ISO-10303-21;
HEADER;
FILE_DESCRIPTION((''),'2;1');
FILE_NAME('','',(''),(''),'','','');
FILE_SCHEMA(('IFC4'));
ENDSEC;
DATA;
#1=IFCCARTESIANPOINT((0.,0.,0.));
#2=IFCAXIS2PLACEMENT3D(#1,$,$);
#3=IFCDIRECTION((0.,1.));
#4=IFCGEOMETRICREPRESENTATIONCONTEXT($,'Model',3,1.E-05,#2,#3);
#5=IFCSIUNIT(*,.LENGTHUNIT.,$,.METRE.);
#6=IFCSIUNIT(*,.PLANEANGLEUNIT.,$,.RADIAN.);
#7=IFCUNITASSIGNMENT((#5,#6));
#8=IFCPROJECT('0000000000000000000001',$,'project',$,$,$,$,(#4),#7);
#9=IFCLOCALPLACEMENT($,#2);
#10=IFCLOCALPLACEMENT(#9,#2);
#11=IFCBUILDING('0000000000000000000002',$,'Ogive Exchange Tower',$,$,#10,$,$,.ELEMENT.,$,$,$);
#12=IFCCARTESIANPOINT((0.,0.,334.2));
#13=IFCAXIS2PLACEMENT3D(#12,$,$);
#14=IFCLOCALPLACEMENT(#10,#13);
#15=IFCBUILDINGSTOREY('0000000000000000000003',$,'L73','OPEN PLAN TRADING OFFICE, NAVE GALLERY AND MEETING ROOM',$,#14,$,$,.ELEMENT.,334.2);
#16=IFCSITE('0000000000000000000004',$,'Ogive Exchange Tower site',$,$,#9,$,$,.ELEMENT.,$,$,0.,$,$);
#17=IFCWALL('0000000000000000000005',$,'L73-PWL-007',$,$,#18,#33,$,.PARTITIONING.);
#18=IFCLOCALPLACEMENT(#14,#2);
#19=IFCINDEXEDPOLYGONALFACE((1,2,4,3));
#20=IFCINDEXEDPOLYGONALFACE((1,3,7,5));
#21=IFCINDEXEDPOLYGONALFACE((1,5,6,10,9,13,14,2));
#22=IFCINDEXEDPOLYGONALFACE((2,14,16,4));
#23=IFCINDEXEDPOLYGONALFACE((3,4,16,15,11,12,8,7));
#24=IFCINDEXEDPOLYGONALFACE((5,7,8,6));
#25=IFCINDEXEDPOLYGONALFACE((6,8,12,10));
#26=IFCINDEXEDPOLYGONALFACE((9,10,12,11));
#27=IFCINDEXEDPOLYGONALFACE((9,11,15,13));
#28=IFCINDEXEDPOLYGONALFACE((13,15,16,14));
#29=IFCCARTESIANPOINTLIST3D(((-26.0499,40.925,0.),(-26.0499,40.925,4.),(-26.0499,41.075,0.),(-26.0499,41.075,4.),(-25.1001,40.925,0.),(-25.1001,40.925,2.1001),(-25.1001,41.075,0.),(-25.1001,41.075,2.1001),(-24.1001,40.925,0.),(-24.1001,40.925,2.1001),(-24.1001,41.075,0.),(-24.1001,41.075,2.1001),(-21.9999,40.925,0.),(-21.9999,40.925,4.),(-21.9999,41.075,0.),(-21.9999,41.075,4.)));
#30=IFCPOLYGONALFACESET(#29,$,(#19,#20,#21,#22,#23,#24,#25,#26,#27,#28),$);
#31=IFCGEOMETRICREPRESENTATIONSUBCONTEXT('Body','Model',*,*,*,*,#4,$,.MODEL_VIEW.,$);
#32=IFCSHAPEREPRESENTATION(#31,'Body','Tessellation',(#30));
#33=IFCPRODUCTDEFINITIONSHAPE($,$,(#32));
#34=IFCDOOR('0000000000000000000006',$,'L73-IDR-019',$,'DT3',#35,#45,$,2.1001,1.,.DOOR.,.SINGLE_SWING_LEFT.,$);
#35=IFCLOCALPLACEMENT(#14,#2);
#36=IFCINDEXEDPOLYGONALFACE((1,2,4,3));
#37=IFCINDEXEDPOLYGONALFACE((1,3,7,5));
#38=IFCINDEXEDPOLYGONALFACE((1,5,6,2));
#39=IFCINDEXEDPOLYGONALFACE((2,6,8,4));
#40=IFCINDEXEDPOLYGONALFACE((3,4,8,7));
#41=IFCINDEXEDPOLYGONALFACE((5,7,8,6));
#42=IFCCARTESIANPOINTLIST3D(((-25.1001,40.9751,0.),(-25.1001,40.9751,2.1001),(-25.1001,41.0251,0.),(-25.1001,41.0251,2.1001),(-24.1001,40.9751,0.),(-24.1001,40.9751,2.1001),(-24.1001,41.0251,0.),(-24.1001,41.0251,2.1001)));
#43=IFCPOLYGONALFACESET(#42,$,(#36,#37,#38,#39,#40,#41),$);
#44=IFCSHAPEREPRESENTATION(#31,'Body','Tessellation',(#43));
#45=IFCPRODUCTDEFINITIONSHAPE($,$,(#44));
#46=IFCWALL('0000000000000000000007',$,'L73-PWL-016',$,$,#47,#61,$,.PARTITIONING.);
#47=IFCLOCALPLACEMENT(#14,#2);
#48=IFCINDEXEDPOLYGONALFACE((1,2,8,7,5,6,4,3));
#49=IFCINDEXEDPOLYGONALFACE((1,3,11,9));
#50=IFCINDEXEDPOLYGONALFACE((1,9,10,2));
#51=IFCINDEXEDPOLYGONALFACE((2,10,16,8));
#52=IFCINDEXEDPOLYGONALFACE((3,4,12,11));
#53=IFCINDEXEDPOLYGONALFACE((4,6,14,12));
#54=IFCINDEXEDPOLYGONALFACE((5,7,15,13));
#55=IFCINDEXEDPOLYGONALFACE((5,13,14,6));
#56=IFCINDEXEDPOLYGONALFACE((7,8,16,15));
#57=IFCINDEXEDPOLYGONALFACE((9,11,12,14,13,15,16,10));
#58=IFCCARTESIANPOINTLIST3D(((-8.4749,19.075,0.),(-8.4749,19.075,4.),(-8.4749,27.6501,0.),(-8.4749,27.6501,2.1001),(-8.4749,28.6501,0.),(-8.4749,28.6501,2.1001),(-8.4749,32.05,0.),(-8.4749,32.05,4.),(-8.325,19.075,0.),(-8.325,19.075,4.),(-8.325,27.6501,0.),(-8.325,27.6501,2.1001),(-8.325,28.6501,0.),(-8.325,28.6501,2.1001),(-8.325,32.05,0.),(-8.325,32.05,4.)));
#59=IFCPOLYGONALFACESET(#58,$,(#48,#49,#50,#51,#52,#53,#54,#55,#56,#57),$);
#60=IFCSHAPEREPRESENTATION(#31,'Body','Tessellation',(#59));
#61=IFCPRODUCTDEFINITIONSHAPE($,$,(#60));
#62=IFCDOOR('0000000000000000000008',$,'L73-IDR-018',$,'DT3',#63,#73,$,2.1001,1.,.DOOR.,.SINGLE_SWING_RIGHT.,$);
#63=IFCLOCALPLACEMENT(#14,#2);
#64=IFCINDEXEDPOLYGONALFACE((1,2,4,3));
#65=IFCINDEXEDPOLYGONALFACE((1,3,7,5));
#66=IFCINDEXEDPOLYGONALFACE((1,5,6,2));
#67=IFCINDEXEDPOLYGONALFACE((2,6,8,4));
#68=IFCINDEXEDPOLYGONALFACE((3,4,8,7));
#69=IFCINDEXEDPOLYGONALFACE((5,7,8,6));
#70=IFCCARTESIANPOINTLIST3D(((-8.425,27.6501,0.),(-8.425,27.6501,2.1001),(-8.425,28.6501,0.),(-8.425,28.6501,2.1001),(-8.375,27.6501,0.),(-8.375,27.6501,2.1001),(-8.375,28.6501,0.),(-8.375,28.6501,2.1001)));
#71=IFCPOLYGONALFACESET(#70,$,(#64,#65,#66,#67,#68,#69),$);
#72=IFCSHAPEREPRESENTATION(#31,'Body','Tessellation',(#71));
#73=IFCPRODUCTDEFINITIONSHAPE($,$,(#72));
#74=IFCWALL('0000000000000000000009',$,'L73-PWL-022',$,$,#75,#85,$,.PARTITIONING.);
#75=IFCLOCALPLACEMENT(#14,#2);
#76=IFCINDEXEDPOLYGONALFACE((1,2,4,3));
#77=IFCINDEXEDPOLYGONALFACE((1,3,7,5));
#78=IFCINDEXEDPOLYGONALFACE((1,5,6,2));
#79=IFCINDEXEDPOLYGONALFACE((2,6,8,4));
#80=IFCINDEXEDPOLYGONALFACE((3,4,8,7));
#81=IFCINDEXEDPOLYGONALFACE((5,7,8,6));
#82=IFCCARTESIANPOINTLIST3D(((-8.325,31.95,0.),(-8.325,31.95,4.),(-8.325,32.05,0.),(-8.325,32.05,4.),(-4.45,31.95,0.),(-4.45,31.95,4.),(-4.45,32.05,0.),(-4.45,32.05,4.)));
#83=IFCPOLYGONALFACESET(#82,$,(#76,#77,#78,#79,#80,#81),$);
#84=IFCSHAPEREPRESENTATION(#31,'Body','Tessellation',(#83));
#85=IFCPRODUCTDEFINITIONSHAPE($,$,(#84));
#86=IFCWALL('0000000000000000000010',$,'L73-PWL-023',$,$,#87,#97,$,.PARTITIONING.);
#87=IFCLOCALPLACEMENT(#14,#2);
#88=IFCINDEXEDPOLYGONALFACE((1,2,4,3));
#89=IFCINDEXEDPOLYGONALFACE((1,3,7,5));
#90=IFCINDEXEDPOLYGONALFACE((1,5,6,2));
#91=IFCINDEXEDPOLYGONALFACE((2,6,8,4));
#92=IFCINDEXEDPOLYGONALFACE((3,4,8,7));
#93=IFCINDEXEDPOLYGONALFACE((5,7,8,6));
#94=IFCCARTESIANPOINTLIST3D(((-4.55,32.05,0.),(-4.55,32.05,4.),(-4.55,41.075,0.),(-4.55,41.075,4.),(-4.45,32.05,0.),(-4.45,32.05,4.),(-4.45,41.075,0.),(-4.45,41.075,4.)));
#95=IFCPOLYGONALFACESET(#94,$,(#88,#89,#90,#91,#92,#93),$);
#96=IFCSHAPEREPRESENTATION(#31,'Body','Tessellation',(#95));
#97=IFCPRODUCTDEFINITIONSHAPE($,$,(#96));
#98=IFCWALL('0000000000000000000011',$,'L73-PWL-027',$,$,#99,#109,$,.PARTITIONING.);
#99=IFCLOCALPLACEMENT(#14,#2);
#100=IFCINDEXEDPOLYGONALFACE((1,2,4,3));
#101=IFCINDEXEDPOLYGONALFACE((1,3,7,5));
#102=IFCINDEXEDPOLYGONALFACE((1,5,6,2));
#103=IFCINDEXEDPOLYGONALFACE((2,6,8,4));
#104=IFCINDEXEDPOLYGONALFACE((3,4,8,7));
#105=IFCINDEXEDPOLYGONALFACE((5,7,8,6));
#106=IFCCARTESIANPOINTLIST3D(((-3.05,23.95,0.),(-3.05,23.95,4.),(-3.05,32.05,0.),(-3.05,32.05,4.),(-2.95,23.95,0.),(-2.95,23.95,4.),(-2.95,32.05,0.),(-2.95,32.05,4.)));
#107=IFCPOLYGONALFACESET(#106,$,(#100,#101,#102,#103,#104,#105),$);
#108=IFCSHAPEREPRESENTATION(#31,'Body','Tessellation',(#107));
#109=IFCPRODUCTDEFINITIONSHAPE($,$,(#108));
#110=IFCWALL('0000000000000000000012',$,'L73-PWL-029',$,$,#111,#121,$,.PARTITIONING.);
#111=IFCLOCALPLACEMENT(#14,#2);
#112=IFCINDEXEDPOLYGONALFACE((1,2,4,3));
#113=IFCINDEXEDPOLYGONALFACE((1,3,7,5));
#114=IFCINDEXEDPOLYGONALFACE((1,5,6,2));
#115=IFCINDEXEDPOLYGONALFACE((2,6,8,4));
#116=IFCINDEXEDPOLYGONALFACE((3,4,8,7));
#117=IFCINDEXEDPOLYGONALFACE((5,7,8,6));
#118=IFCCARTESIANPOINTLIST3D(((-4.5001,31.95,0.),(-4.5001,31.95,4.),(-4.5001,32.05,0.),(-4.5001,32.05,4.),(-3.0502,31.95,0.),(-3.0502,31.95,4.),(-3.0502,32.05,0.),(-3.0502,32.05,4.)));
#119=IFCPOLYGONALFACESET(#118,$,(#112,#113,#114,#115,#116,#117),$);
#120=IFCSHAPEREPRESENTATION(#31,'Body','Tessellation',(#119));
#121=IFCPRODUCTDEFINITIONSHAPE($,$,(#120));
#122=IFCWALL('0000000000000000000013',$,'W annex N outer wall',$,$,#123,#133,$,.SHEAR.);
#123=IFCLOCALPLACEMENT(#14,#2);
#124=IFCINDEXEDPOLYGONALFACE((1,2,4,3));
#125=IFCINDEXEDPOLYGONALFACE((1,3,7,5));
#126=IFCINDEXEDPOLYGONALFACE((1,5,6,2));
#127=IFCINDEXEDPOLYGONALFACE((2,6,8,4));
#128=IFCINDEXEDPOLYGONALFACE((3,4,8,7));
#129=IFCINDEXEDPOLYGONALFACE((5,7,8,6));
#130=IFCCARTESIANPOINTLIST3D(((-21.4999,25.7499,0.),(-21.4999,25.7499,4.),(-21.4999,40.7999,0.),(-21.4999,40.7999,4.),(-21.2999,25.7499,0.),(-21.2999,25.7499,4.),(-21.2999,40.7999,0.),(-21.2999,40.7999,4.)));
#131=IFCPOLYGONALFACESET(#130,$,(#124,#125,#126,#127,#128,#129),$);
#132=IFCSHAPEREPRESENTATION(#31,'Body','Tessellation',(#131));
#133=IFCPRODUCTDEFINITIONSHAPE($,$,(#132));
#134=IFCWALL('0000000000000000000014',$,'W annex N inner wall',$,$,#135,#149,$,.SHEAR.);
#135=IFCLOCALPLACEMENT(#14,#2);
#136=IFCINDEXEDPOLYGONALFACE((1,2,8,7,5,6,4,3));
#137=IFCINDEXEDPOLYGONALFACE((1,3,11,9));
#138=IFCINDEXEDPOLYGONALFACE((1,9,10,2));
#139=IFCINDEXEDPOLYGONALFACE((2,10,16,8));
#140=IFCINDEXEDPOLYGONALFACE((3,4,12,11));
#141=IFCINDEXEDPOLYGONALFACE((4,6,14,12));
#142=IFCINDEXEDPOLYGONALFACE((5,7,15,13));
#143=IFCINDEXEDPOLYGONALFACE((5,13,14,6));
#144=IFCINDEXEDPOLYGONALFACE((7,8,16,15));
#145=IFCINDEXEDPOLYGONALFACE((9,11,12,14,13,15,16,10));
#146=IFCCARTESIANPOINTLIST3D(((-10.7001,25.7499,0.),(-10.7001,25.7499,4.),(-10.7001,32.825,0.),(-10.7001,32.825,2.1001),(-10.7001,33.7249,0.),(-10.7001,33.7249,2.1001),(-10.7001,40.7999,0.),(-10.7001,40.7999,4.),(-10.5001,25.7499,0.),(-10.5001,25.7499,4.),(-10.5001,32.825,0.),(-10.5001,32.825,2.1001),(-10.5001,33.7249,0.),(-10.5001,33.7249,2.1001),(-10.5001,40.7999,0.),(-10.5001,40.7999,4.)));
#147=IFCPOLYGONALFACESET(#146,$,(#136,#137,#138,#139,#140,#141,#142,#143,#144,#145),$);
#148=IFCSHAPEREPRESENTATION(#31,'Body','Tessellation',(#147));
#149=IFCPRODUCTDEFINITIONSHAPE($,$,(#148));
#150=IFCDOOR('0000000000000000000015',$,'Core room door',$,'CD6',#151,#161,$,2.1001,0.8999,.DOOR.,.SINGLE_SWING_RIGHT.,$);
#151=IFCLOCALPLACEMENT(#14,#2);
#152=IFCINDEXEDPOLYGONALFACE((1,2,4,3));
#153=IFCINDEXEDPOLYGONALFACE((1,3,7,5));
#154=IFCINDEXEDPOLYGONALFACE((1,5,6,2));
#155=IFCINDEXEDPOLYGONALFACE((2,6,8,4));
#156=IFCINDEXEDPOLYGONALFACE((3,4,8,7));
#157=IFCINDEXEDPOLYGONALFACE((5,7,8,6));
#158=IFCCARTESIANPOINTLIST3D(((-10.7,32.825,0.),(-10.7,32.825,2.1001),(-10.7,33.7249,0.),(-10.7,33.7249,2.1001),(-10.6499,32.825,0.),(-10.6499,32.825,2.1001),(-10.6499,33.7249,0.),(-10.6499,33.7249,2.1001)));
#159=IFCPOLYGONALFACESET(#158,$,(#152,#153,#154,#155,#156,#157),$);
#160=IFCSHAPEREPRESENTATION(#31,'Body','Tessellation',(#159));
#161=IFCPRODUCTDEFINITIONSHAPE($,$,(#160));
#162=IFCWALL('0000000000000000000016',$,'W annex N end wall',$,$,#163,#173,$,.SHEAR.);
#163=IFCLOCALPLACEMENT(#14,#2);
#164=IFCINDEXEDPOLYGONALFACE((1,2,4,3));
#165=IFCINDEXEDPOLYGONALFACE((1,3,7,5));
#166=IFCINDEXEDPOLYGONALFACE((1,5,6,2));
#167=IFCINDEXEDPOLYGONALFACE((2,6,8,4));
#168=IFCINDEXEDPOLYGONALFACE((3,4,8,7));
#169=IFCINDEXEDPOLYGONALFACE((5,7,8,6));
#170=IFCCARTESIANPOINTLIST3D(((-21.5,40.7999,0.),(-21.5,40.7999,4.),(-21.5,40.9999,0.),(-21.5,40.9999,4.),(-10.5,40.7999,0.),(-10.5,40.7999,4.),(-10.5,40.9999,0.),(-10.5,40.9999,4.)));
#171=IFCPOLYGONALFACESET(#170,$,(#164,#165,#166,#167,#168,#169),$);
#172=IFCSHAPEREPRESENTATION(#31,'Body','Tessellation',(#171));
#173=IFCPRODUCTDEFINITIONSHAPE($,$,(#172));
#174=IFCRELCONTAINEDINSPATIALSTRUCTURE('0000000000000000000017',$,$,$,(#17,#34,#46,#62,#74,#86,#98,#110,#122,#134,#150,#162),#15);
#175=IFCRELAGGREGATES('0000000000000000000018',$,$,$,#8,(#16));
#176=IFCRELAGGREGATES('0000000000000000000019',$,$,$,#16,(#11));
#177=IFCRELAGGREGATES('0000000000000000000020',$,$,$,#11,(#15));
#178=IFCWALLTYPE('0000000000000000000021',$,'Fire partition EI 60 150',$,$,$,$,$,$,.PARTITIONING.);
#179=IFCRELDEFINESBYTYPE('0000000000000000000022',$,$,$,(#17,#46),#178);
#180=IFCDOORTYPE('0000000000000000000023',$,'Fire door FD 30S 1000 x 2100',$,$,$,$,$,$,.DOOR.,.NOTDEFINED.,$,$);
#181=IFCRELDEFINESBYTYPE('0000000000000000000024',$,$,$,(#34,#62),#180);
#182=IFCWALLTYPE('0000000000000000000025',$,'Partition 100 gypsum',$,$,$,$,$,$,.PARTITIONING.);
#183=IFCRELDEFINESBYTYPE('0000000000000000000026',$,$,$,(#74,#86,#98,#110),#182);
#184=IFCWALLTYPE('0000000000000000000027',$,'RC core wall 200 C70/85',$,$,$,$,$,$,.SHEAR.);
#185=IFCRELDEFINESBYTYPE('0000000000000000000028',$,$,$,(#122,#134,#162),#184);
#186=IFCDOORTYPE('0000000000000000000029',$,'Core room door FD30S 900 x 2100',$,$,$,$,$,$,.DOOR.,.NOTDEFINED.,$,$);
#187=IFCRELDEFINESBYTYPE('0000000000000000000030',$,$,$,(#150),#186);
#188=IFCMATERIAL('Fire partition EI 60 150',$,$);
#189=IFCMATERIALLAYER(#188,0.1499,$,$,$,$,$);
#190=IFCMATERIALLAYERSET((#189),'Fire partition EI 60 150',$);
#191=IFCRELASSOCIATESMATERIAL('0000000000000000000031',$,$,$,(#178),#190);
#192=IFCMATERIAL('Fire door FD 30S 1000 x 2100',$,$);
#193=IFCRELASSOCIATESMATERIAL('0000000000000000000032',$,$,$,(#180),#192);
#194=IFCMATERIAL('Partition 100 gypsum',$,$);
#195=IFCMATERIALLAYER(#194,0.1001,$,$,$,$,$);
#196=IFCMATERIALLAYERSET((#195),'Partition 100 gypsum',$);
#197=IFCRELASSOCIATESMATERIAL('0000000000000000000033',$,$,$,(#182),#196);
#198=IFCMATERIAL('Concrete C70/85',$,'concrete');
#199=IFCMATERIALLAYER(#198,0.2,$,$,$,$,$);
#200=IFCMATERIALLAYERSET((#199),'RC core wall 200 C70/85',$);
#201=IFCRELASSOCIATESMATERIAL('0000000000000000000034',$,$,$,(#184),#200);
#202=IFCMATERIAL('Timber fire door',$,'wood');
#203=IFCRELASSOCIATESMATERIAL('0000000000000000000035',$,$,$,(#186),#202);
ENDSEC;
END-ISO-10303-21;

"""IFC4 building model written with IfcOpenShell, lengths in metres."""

from ifc_helpers import new_model, si_unit, direction, frame, frame_2d, origin, place, context, subcontext, project, spatial, rectangle, extrude, material, layer, layer_set, type_object, element, fill, save


model = new_model("IFC4")

# Units and contexts
model_context = context("Model", 3, precision=1e-05, world=origin(), true_north=direction((0.0, 1.0)))
body_context = subcontext(model_context, "Body", "Model", "MODEL_VIEW")
ifc_project = project(units=[si_unit("LENGTHUNIT", "METRE"), si_unit("PLANEANGLEUNIT", "RADIAN")], contexts=[model_context])

# Site, building, storey
site_placement = place(None, origin())
site = spatial("IfcSite", under=ifc_project, at=site_placement, Name="Ogive Exchange Tower site", CompositionType="ELEMENT", RefElevation=0.0)
building_placement = place(site_placement, origin())
building = spatial("IfcBuilding", under=site, at=building_placement, Name="Ogive Exchange Tower", CompositionType="ELEMENT")
storey_placement = place(building_placement, frame((0.0, 0.0, 334.2)))
storey = spatial("IfcBuildingStorey", under=building, at=storey_placement, Name="L73", Description="OPEN PLAN TRADING OFFICE, NAVE GALLERY AND MEETING ROOM", CompositionType="ELEMENT", Elevation=334.2)

# Walls, openings, doors
ifc_material_1 = material(Name="Fire partition EI 60 150")
ifc_layer_1 = layer(ifc_material_1, 0.1499)
ifc_layer_set_1 = layer_set([ifc_layer_1], Name="Fire partition EI 60 150")
wall_type_1 = type_object("IfcWallType", Name="Fire partition EI 60 150", PredefinedType="PARTITIONING", material=ifc_layer_set_1)
wall_1_placement = place(storey_placement, frame((-22.0, 41.0, 0.0), z_axis=(0.0, 0.0, 1.0), x_axis=(-1.0, 0.0, 0.0)))
wall_1 = element("IfcWall", 1, at=wall_1_placement, inside=storey, type_object=wall_type_1, Name="L73-PWL-007", PredefinedType="PARTITIONING", context=body_context, shape_type="SweptSolid", body=[
    extrude(rectangle(XDim=4.05, YDim=0.1499, at=frame_2d((2.0249, 0.0))), origin(), (0.0, 0.0, 1.0), 4.0),
])
opening_1_placement = place(wall_1_placement, frame((2.1001, 0.0, 0.0)))
opening_1 = element("IfcOpeningElement", 2, at=opening_1_placement, cuts=wall_1, PredefinedType="OPENING", context=body_context, shape_type="SweptSolid", body=[
    extrude(rectangle(XDim=1.0, YDim=2.1001, at=frame_2d((0.5, 1.05))), frame((0.0, 0.085, 0.0), z_axis=(0.0, -1.0, 0.0), x_axis=(1.0, 0.0, 0.0)), (0.0, 0.0, 1.0), 0.1699),
])
ifc_material_2 = material(Name="Fire door FD 30S 1000 x 2100")
door_type_1 = type_object("IfcDoorType", Name="Fire door FD 30S 1000 x 2100", OperationType="NOTDEFINED", PredefinedType="DOOR", material=ifc_material_2)
door_1_placement = place(opening_1_placement, origin())
door_1 = element("IfcDoor", 3, at=door_1_placement, inside=storey, type_object=door_type_1, Name="L73-IDR-019", ObjectType="DT3", OperationType="SINGLE_SWING_LEFT", OverallHeight=2.1001, OverallWidth=1.0, PredefinedType="DOOR", context=body_context, shape_type="SweptSolid", body=[
    extrude(rectangle(XDim=1.0, YDim=2.1001, at=frame_2d((0.5, 1.05))), frame((0.0, 0.0249, 0.0), z_axis=(0.0, -1.0, 0.0), x_axis=(1.0, 0.0, 0.0)), (0.0, 0.0, 1.0), 0.05),
])
fill(opening_1, door_1)
wall_2_placement = place(storey_placement, frame((-8.3999, 32.05, 0.0), z_axis=(0.0, 0.0, 1.0), x_axis=(0.0, -1.0, 0.0)))
wall_2 = element("IfcWall", 4, at=wall_2_placement, inside=storey, type_object=wall_type_1, Name="L73-PWL-016", PredefinedType="PARTITIONING", context=body_context, shape_type="SweptSolid", body=[
    extrude(rectangle(XDim=12.9751, YDim=0.1499, at=frame_2d((6.4875, 0.0))), origin(), (0.0, 0.0, 1.0), 4.0),
])
opening_2_placement = place(wall_2_placement, frame((3.3999, 0.0, 0.0)))
opening_2 = element("IfcOpeningElement", 5, at=opening_2_placement, cuts=wall_2, PredefinedType="OPENING", context=body_context, shape_type="SweptSolid", body=[
    extrude(rectangle(XDim=1.0, YDim=2.1001, at=frame_2d((0.5, 1.05))), frame((0.0, 0.085, 0.0), z_axis=(0.0, -1.0, 0.0), x_axis=(1.0, 0.0, 0.0)), (0.0, 0.0, 1.0), 0.1699),
])
door_2_placement = place(opening_2_placement, origin())
door_2 = element("IfcDoor", 6, at=door_2_placement, inside=storey, type_object=door_type_1, Name="L73-IDR-018", ObjectType="DT3", OperationType="SINGLE_SWING_RIGHT", OverallHeight=2.1001, OverallWidth=1.0, PredefinedType="DOOR", context=body_context, shape_type="SweptSolid", body=[
    extrude(rectangle(XDim=1.0, YDim=2.1001, at=frame_2d((0.5, 1.05))), frame((0.0, 0.0249, 0.0), z_axis=(0.0, -1.0, 0.0), x_axis=(1.0, 0.0, 0.0)), (0.0, 0.0, 1.0), 0.05),
])
fill(opening_2, door_2)

# Walls
ifc_material_3 = material(Name="Partition 100 gypsum")
ifc_layer_2 = layer(ifc_material_3, 0.1001)
ifc_layer_set_2 = layer_set([ifc_layer_2], Name="Partition 100 gypsum")
wall_type_2 = type_object("IfcWallType", Name="Partition 100 gypsum", PredefinedType="PARTITIONING", material=ifc_layer_set_2)
wall_3_placement = place(storey_placement, frame((-4.45, 32.0, 0.0), z_axis=(0.0, 0.0, 1.0), x_axis=(-1.0, 0.0, 0.0)))
element("IfcWall", 7, at=wall_3_placement, inside=storey, type_object=wall_type_2, Name="L73-PWL-022", PredefinedType="PARTITIONING", context=body_context, shape_type="SweptSolid", body=[
    extrude(rectangle(XDim=3.875, YDim=0.1001, at=frame_2d((1.9375, 0.0))), origin(), (0.0, 0.0, 1.0), 4.0),
])
wall_4_placement = place(storey_placement, frame((-4.5, 32.05, 0.0), z_axis=(0.0, 0.0, 1.0), x_axis=(0.0, 1.0, 0.0)))
element("IfcWall", 8, at=wall_4_placement, inside=storey, type_object=wall_type_2, Name="L73-PWL-023", PredefinedType="PARTITIONING", context=body_context, shape_type="SweptSolid", body=[
    extrude(rectangle(XDim=9.0249, YDim=0.1001, at=frame_2d((4.5125, 0.0))), origin(), (0.0, 0.0, 1.0), 4.0),
])
wall_5_placement = place(storey_placement, frame((-3.0, 23.95, 0.0), z_axis=(0.0, 0.0, 1.0), x_axis=(0.0, 1.0, 0.0)))
element("IfcWall", 9, at=wall_5_placement, inside=storey, type_object=wall_type_2, Name="L73-PWL-027", PredefinedType="PARTITIONING", context=body_context, shape_type="SweptSolid", body=[
    extrude(rectangle(XDim=8.1001, YDim=0.1001, at=frame_2d((4.05, 0.0))), origin(), (0.0, 0.0, 1.0), 4.0),
])
wall_6_placement = place(storey_placement, frame((-3.05, 32.0, 0.0), z_axis=(0.0, 0.0, 1.0), x_axis=(-1.0, 0.0, 0.0)))
element("IfcWall", 10, at=wall_6_placement, inside=storey, type_object=wall_type_2, Name="L73-PWL-029", PredefinedType="PARTITIONING", context=body_context, shape_type="SweptSolid", body=[
    extrude(rectangle(XDim=1.45, YDim=0.1001, at=frame_2d((0.7251, 0.0))), origin(), (0.0, 0.0, 1.0), 4.0),
])
ifc_material_4 = material(Name="Concrete C70/85", Category="concrete")
ifc_layer_3 = layer(ifc_material_4, 0.2)
ifc_layer_set_3 = layer_set([ifc_layer_3], Name="RC core wall 200 C70/85")
wall_type_3 = type_object("IfcWallType", Name="RC core wall 200 C70/85", PredefinedType="SHEAR", material=ifc_layer_set_3)
wall_7_placement = place(storey_placement, frame((-21.3999, 25.75, 0.0), z_axis=(0.0, 0.0, 1.0), x_axis=(0.0, 1.0, 0.0)))
element("IfcWall", 11, at=wall_7_placement, inside=storey, type_object=wall_type_3, Name="W annex N outer wall", PredefinedType="SHEAR", context=body_context, shape_type="SweptSolid", body=[
    extrude(rectangle(XDim=15.05, YDim=0.2, at=frame_2d((7.5249, 0.0))), origin(), (0.0, 0.0, 1.0), 4.0),
])

# Wall, opening, door
wall_8_placement = place(storey_placement, frame((-10.6001, 25.75, 0.0), z_axis=(0.0, 0.0, 1.0), x_axis=(0.0, 1.0, 0.0)))
wall_8 = element("IfcWall", 12, at=wall_8_placement, inside=storey, type_object=wall_type_3, Name="W annex N inner wall", PredefinedType="SHEAR", context=body_context, shape_type="SweptSolid", body=[
    extrude(rectangle(XDim=15.05, YDim=0.2, at=frame_2d((7.5249, 0.0))), origin(), (0.0, 0.0, 1.0), 4.0),
])
opening_3_placement = place(wall_8_placement, frame((7.075, 0.0, 0.0)))
opening_3 = element("IfcOpeningElement", 13, at=opening_3_placement, cuts=wall_8, PredefinedType="OPENING", context=body_context, shape_type="SweptSolid", body=[
    extrude(rectangle(XDim=0.8999, YDim=2.1001, at=frame_2d((0.45, 1.05))), frame((0.0, 0.1099, 0.0), z_axis=(0.0, -1.0, 0.0), x_axis=(1.0, 0.0, 0.0)), (0.0, 0.0, 1.0), 0.22),
])
ifc_material_5 = material(Name="Timber fire door", Category="wood")
door_type_2 = type_object("IfcDoorType", Name="Core room door FD30S 900 x 2100", OperationType="NOTDEFINED", PredefinedType="DOOR", material=ifc_material_5)
door_3_placement = place(opening_3_placement, frame((0.8999, 0.1499, 0.0), z_axis=(0.0, 0.0, 1.0), x_axis=(-1.0, 0.0, 0.0)))
door_3 = element("IfcDoor", 14, at=door_3_placement, inside=storey, type_object=door_type_2, Name="Core room door", ObjectType="CD6", OperationType="SINGLE_SWING_RIGHT", OverallHeight=2.1001, OverallWidth=0.8999, PredefinedType="DOOR", context=body_context, shape_type="SweptSolid", body=[
    extrude(rectangle(XDim=0.8999, YDim=2.1001, at=frame_2d((0.45, 1.05))), frame((0.0, 0.1001, 0.0), z_axis=(0.0, -1.0, 0.0), x_axis=(1.0, 0.0, 0.0)), (0.0, 0.0, 1.0), 0.05),
])
fill(opening_3, door_3)

# Wall
wall_9_placement = place(storey_placement, frame((-21.5, 40.8999, 0.0), z_axis=(0.0, 0.0, 1.0), x_axis=(1.0, 0.0, 0.0)))
element("IfcWall", 15, at=wall_9_placement, inside=storey, type_object=wall_type_3, Name="W annex N end wall", PredefinedType="SHEAR", context=body_context, shape_type="SweptSolid", body=[
    extrude(rectangle(XDim=11.0, YDim=0.2, at=frame_2d((5.5, 0.0))), origin(), (0.0, 0.0, 1.0), 4.0),
])

save(model, "model.ifc")
